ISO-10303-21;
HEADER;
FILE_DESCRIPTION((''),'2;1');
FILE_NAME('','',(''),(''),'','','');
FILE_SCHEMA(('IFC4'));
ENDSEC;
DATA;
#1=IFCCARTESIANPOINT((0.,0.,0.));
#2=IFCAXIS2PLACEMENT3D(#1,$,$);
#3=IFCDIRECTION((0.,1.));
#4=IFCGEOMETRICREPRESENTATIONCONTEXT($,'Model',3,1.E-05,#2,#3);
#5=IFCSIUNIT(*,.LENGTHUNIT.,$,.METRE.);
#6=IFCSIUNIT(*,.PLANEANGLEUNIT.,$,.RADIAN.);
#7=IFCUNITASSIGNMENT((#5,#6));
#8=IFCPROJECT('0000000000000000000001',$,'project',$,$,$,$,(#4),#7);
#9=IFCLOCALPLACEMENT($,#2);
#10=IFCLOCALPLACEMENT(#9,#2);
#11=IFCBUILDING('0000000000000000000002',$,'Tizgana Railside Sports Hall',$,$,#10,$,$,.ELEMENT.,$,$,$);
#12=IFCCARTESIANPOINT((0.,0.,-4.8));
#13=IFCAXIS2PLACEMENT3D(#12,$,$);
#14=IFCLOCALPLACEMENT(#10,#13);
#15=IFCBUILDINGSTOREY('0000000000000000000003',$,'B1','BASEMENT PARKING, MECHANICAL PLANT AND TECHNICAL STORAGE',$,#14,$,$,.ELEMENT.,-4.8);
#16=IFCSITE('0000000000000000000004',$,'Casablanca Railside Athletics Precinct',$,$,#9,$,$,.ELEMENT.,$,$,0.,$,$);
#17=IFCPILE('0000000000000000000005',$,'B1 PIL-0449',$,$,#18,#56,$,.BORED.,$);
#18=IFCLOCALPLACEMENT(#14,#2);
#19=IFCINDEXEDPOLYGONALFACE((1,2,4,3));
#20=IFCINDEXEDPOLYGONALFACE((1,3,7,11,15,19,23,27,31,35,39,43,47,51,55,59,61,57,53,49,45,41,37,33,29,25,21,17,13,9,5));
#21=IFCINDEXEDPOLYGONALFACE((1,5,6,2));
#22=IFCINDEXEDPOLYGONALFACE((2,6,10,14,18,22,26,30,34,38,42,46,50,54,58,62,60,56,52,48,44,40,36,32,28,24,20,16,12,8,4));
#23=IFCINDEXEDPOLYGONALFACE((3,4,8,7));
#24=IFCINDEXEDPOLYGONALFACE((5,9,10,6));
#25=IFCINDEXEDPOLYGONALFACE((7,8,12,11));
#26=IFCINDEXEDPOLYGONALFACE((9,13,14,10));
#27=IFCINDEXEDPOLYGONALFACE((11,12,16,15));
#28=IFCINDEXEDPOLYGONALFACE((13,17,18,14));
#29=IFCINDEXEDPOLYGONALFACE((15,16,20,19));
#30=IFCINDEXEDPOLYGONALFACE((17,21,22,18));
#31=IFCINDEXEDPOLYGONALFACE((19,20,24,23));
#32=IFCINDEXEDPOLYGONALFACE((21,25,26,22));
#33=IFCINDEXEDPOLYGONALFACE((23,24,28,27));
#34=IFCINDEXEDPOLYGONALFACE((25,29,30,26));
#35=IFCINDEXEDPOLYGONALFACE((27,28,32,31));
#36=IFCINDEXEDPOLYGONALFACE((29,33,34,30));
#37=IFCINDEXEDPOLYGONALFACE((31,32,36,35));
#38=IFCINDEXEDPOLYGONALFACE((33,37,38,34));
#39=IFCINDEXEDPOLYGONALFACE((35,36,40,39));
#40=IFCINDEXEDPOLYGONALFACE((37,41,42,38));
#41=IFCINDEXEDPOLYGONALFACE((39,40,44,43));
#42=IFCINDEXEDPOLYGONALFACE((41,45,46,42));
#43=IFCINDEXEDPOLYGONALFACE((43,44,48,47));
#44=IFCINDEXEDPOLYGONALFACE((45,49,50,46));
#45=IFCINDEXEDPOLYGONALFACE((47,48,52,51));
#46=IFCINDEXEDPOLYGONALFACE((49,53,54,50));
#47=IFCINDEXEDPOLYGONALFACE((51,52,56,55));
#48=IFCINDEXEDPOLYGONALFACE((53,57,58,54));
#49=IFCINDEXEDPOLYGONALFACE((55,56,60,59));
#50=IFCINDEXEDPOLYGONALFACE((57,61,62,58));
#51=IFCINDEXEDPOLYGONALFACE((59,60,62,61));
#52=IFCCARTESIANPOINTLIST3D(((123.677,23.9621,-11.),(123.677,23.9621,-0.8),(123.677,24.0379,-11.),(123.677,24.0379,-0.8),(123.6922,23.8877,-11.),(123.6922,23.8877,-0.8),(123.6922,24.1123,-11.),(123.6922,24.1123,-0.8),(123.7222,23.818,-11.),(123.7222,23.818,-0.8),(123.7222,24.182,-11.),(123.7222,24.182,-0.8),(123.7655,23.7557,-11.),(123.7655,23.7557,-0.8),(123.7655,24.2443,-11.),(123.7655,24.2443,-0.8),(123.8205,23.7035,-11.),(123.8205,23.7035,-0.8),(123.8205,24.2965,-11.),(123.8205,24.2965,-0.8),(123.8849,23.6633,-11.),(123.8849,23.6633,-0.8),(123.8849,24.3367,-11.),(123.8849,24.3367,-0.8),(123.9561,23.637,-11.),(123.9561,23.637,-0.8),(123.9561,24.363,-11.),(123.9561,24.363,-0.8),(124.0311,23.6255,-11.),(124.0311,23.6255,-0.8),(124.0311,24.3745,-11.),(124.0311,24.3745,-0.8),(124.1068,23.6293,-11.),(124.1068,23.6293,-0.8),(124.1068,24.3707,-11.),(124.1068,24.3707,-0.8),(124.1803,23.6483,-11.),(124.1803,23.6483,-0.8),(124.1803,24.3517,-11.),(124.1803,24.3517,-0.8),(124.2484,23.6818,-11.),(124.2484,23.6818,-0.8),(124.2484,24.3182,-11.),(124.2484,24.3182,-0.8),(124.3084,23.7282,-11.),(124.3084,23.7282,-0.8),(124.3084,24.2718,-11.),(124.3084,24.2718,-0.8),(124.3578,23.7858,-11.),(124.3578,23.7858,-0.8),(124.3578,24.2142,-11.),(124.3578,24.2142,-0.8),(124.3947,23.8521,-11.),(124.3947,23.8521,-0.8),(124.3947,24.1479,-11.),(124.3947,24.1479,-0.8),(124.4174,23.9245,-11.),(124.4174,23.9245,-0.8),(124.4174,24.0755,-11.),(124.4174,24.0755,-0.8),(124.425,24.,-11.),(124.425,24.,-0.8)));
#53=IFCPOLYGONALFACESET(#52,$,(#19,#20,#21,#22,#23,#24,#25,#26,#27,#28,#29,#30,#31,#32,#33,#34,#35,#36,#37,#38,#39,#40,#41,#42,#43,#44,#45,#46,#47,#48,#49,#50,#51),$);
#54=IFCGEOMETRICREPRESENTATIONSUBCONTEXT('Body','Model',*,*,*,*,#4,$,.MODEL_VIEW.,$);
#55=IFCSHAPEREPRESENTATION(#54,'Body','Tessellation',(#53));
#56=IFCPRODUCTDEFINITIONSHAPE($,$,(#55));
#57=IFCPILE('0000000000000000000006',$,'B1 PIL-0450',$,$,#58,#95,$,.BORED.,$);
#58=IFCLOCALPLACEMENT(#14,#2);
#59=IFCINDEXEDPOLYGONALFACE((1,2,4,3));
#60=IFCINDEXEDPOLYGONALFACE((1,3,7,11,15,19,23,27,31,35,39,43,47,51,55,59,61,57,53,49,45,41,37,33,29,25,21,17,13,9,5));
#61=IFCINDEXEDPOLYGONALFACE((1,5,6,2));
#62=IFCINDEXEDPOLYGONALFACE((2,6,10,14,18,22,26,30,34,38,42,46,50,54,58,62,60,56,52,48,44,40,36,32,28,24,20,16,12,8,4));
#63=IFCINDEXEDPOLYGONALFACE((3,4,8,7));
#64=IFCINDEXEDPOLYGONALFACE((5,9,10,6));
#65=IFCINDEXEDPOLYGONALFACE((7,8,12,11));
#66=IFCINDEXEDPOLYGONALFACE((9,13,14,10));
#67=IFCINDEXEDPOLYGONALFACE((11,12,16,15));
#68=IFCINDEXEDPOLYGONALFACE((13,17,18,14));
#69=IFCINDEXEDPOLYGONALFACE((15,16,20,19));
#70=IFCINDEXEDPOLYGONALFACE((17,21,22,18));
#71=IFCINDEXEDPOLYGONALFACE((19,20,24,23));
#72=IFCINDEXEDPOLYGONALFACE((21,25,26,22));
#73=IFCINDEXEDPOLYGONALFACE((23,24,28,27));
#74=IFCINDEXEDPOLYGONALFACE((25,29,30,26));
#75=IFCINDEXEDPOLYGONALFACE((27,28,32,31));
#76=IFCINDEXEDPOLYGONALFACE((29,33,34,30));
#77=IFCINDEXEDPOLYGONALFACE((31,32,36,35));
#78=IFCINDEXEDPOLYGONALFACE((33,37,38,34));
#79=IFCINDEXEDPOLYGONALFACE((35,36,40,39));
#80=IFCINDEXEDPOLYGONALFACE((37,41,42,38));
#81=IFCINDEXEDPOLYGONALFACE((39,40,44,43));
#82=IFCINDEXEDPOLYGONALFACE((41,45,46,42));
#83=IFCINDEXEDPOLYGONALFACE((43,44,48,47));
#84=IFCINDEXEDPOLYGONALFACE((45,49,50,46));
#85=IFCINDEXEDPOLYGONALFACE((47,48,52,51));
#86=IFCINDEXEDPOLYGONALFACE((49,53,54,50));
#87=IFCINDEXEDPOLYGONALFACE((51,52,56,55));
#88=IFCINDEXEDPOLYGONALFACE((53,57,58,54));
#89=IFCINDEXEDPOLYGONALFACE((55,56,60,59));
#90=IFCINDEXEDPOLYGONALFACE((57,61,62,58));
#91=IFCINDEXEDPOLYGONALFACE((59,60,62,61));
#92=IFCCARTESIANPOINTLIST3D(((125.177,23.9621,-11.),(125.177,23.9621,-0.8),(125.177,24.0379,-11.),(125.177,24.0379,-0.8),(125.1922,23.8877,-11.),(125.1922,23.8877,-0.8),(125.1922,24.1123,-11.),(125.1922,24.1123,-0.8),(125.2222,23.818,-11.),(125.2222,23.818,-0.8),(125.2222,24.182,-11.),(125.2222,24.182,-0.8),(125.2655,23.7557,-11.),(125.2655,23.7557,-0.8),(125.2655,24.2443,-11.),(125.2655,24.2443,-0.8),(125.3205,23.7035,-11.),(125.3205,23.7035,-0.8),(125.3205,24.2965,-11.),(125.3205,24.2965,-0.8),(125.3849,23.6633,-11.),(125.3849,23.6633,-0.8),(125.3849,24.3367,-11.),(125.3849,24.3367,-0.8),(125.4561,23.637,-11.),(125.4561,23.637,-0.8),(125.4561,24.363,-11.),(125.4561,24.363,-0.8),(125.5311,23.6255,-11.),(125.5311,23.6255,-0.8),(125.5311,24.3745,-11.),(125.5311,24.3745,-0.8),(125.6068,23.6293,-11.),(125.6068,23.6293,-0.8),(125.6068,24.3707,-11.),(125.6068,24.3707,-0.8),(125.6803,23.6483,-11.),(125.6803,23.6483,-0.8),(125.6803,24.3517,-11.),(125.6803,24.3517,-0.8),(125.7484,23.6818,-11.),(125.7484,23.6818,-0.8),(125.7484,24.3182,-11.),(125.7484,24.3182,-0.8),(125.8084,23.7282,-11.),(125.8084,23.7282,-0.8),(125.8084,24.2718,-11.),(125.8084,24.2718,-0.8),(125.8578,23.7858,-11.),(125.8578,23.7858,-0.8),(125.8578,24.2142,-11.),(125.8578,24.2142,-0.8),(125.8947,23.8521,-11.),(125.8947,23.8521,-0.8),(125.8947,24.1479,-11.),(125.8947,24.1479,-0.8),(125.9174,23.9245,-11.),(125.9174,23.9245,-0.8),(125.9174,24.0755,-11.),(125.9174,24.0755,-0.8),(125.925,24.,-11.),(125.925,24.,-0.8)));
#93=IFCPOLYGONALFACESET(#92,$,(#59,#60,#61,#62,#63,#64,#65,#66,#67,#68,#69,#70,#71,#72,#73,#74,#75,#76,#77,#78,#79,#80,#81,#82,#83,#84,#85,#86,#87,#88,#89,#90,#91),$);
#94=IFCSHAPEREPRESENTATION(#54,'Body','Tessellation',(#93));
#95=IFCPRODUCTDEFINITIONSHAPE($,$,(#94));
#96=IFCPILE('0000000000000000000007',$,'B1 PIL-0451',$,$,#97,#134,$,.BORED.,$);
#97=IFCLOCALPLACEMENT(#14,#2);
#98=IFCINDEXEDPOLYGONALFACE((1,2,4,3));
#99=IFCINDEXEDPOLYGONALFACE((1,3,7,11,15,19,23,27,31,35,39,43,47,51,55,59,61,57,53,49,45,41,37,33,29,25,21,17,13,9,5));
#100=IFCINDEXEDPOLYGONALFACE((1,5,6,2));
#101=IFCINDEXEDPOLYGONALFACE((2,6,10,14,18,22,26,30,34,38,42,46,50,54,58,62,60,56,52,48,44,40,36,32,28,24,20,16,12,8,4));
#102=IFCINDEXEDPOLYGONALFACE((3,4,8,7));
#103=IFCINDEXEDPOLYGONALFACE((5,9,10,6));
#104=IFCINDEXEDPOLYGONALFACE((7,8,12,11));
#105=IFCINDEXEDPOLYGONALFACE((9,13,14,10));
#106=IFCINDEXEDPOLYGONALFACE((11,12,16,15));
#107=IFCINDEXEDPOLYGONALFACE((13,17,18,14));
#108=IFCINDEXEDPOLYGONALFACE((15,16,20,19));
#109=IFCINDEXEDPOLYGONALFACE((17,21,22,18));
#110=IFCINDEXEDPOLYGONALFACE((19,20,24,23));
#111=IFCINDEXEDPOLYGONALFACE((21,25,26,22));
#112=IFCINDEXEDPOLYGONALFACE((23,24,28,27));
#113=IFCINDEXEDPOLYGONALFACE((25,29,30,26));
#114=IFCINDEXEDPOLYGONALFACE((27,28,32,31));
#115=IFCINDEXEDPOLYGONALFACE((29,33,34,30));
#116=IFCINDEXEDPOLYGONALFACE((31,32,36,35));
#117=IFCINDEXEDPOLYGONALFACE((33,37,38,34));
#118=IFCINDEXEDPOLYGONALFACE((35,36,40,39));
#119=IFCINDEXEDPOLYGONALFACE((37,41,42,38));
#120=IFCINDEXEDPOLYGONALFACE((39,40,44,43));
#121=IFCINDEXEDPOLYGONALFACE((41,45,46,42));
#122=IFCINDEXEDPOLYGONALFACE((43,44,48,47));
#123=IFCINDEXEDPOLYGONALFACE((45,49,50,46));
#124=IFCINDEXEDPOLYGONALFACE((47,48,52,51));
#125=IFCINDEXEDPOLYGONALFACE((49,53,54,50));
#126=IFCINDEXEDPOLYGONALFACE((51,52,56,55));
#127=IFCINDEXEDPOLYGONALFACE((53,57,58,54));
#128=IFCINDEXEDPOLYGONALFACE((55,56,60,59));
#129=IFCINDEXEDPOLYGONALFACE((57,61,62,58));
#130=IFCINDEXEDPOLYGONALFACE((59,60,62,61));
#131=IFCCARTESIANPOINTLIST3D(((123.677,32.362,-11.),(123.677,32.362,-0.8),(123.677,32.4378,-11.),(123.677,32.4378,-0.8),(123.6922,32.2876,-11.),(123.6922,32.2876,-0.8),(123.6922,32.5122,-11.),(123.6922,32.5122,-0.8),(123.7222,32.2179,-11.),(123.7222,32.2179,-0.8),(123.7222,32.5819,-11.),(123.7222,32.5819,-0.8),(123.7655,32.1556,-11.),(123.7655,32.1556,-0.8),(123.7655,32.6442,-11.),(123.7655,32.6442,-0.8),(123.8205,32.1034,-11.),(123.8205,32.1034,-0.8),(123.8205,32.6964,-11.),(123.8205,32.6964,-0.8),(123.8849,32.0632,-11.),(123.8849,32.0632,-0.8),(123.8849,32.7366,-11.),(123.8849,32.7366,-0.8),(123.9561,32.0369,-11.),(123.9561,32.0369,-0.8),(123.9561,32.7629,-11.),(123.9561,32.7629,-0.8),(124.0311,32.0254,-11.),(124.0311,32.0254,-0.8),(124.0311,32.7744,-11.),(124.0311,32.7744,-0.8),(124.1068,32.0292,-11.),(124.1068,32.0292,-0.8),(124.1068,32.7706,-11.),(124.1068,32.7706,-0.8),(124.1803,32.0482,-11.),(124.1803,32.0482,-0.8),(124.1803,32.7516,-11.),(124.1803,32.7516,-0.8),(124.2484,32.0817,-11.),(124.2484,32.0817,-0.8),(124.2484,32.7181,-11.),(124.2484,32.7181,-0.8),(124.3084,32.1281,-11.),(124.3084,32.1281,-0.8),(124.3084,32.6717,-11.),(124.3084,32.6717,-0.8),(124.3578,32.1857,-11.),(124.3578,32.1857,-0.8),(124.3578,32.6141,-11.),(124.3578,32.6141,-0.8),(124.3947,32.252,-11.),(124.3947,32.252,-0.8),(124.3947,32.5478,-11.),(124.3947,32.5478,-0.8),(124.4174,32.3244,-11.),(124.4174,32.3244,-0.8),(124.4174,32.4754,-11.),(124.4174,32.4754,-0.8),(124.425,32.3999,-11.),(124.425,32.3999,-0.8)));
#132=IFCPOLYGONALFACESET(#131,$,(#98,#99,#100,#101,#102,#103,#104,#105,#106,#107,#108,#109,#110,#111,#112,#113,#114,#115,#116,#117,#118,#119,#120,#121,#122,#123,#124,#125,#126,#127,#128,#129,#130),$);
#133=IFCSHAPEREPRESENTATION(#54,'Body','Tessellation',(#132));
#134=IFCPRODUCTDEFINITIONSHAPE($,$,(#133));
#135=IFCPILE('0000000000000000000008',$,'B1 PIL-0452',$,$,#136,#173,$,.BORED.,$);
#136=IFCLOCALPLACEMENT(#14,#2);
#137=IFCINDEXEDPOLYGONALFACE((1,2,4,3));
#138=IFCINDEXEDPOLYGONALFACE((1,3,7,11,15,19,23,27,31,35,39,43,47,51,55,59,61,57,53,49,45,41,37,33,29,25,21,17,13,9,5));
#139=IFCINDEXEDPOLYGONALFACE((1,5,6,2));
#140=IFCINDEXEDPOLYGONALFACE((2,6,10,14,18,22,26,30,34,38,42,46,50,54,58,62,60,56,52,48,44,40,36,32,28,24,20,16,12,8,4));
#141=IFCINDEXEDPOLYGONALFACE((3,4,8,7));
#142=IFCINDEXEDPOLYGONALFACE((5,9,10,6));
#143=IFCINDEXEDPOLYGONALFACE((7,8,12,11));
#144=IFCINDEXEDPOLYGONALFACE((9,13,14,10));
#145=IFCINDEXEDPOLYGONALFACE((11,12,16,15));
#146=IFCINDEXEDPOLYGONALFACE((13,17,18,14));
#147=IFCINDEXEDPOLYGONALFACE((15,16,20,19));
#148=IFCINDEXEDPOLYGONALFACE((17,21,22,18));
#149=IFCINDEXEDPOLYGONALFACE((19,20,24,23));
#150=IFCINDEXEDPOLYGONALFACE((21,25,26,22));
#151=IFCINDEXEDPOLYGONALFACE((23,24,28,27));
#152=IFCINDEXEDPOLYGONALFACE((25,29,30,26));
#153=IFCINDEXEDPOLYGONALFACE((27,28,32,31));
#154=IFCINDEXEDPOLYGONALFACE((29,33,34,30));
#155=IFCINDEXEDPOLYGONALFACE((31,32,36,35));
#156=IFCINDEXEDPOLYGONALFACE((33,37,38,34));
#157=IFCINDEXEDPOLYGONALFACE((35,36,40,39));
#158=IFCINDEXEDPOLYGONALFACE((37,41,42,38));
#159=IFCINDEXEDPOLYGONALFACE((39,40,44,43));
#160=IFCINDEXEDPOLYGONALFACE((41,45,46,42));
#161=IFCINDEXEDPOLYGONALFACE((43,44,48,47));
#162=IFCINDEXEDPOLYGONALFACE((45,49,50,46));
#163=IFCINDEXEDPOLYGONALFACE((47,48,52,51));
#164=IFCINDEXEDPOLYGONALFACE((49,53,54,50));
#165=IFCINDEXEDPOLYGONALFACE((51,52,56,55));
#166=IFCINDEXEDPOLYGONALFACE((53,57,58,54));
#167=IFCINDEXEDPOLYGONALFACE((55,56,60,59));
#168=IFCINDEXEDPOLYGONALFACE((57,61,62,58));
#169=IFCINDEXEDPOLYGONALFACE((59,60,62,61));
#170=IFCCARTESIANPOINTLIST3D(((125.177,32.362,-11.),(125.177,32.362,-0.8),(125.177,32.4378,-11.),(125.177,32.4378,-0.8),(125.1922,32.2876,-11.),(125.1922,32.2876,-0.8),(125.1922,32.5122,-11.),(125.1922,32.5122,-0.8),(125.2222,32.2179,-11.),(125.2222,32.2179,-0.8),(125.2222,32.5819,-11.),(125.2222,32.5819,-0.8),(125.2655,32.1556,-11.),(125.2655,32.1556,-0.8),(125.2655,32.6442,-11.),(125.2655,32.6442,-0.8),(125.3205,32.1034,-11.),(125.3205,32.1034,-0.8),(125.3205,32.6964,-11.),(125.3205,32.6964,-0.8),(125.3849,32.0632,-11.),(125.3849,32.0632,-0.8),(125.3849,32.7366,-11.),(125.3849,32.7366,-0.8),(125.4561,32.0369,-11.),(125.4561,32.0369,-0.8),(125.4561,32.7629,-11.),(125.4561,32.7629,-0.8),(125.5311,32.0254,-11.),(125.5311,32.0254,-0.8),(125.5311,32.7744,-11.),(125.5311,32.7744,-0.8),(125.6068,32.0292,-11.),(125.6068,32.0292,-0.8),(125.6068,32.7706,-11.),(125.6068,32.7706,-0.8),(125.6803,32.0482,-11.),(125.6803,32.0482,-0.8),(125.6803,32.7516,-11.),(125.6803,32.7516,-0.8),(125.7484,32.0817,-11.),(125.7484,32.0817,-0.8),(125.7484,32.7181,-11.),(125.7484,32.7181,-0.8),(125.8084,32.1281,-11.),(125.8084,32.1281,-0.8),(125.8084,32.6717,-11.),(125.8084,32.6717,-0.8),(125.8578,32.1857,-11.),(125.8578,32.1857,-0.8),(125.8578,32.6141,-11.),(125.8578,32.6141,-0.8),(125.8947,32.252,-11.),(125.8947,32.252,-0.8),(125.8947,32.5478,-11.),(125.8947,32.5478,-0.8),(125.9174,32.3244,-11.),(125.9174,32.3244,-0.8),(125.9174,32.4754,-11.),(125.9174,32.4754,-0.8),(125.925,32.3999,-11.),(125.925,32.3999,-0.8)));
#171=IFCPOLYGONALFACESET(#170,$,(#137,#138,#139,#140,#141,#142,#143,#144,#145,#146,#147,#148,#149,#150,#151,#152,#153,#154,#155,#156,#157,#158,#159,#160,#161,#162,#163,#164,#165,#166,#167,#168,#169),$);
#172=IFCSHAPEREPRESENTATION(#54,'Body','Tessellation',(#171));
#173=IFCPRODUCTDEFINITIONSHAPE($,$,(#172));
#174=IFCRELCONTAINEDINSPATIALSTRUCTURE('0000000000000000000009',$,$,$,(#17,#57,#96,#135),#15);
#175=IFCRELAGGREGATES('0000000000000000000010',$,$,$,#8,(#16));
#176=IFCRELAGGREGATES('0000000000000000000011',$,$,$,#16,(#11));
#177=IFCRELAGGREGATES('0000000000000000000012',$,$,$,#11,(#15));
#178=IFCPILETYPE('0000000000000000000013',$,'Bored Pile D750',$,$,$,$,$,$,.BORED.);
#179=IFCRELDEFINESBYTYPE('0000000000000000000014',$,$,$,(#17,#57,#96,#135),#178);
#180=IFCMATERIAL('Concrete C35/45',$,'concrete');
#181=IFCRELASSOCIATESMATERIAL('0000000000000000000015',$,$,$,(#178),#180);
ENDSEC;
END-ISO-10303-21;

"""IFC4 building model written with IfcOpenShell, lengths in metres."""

from ifc_helpers import new_model, si_unit, direction, frame, origin, origin_2d, place, context, subcontext, project, spatial, circle, extrude, material, material_profile, profile_set, type_object, element, save


model = new_model("IFC4")

# Units and contexts
model_context = context("Model", 3, precision=1e-05, world=origin(), true_north=direction((0.0, 1.0)))
body_context = subcontext(model_context, "Body", "Model", "MODEL_VIEW")
ifc_project = project(units=[si_unit("LENGTHUNIT", "METRE"), si_unit("PLANEANGLEUNIT", "RADIAN")], contexts=[model_context])

# Site, building, storey
site_placement = place(None, origin())
site = spatial("IfcSite", under=ifc_project, at=site_placement, Name="Casablanca Railside Athletics Precinct", CompositionType="ELEMENT", RefElevation=0.0)
building_placement = place(site_placement, origin())
building = spatial("IfcBuilding", under=site, at=building_placement, Name="Tizgana Railside Sports Hall", CompositionType="ELEMENT")
storey_placement = place(building_placement, frame((0.0, 0.0, -4.8)))
storey = spatial("IfcBuildingStorey", under=building, at=storey_placement, Name="B1", Description="BASEMENT PARKING, MECHANICAL PLANT AND TECHNICAL STORAGE", CompositionType="ELEMENT", Elevation=-4.8)

# Shared definitions
ifc_material_1 = material(Name="Concrete C35/45", Category="concrete")

# Piles
ifc_material_profile_1 = material_profile(ifc_material_1, circle(Radius=0.375, at=origin_2d()), Name="PILE D750")
ifc_profile_set_1 = profile_set([ifc_material_profile_1], Name="Concrete C35/45")
pile_type_1 = type_object("IfcPileType", Name="Bored Pile D750", PredefinedType="BORED", material=ifc_profile_set_1)
for number, where, z_axis, x_axis, name in (
    (1, (124.05, 24.0, -0.8), (0.0, 0.0, -1.0), (1.0, 0.0, 0.0), "B1 PIL-0449"),
    (2, (125.55, 24.0, -0.8), (0.0, 0.0, -1.0), (1.0, 0.0, 0.0), "B1 PIL-0450"),
    (3, (124.05, 32.3999, -0.8), (0.0, 0.0, -1.0), (1.0, 0.0, 0.0), "B1 PIL-0451"),
    (4, (125.55, 32.3999, -0.8), (0.0, 0.0, -1.0), (1.0, 0.0, 0.0), "B1 PIL-0452"),
):
    element("IfcPile", number, at=place(storey_placement, frame(where, z_axis=z_axis, x_axis=x_axis)), inside=storey, type_object=pile_type_1, Name=name, PredefinedType="BORED", context=body_context, shape_type="SweptSolid", body=[
        extrude(circle(Radius=0.375, at=origin_2d()), origin(), (0.0, 0.0, 1.0), 10.2),
    ])

save(model, "model.ifc")
